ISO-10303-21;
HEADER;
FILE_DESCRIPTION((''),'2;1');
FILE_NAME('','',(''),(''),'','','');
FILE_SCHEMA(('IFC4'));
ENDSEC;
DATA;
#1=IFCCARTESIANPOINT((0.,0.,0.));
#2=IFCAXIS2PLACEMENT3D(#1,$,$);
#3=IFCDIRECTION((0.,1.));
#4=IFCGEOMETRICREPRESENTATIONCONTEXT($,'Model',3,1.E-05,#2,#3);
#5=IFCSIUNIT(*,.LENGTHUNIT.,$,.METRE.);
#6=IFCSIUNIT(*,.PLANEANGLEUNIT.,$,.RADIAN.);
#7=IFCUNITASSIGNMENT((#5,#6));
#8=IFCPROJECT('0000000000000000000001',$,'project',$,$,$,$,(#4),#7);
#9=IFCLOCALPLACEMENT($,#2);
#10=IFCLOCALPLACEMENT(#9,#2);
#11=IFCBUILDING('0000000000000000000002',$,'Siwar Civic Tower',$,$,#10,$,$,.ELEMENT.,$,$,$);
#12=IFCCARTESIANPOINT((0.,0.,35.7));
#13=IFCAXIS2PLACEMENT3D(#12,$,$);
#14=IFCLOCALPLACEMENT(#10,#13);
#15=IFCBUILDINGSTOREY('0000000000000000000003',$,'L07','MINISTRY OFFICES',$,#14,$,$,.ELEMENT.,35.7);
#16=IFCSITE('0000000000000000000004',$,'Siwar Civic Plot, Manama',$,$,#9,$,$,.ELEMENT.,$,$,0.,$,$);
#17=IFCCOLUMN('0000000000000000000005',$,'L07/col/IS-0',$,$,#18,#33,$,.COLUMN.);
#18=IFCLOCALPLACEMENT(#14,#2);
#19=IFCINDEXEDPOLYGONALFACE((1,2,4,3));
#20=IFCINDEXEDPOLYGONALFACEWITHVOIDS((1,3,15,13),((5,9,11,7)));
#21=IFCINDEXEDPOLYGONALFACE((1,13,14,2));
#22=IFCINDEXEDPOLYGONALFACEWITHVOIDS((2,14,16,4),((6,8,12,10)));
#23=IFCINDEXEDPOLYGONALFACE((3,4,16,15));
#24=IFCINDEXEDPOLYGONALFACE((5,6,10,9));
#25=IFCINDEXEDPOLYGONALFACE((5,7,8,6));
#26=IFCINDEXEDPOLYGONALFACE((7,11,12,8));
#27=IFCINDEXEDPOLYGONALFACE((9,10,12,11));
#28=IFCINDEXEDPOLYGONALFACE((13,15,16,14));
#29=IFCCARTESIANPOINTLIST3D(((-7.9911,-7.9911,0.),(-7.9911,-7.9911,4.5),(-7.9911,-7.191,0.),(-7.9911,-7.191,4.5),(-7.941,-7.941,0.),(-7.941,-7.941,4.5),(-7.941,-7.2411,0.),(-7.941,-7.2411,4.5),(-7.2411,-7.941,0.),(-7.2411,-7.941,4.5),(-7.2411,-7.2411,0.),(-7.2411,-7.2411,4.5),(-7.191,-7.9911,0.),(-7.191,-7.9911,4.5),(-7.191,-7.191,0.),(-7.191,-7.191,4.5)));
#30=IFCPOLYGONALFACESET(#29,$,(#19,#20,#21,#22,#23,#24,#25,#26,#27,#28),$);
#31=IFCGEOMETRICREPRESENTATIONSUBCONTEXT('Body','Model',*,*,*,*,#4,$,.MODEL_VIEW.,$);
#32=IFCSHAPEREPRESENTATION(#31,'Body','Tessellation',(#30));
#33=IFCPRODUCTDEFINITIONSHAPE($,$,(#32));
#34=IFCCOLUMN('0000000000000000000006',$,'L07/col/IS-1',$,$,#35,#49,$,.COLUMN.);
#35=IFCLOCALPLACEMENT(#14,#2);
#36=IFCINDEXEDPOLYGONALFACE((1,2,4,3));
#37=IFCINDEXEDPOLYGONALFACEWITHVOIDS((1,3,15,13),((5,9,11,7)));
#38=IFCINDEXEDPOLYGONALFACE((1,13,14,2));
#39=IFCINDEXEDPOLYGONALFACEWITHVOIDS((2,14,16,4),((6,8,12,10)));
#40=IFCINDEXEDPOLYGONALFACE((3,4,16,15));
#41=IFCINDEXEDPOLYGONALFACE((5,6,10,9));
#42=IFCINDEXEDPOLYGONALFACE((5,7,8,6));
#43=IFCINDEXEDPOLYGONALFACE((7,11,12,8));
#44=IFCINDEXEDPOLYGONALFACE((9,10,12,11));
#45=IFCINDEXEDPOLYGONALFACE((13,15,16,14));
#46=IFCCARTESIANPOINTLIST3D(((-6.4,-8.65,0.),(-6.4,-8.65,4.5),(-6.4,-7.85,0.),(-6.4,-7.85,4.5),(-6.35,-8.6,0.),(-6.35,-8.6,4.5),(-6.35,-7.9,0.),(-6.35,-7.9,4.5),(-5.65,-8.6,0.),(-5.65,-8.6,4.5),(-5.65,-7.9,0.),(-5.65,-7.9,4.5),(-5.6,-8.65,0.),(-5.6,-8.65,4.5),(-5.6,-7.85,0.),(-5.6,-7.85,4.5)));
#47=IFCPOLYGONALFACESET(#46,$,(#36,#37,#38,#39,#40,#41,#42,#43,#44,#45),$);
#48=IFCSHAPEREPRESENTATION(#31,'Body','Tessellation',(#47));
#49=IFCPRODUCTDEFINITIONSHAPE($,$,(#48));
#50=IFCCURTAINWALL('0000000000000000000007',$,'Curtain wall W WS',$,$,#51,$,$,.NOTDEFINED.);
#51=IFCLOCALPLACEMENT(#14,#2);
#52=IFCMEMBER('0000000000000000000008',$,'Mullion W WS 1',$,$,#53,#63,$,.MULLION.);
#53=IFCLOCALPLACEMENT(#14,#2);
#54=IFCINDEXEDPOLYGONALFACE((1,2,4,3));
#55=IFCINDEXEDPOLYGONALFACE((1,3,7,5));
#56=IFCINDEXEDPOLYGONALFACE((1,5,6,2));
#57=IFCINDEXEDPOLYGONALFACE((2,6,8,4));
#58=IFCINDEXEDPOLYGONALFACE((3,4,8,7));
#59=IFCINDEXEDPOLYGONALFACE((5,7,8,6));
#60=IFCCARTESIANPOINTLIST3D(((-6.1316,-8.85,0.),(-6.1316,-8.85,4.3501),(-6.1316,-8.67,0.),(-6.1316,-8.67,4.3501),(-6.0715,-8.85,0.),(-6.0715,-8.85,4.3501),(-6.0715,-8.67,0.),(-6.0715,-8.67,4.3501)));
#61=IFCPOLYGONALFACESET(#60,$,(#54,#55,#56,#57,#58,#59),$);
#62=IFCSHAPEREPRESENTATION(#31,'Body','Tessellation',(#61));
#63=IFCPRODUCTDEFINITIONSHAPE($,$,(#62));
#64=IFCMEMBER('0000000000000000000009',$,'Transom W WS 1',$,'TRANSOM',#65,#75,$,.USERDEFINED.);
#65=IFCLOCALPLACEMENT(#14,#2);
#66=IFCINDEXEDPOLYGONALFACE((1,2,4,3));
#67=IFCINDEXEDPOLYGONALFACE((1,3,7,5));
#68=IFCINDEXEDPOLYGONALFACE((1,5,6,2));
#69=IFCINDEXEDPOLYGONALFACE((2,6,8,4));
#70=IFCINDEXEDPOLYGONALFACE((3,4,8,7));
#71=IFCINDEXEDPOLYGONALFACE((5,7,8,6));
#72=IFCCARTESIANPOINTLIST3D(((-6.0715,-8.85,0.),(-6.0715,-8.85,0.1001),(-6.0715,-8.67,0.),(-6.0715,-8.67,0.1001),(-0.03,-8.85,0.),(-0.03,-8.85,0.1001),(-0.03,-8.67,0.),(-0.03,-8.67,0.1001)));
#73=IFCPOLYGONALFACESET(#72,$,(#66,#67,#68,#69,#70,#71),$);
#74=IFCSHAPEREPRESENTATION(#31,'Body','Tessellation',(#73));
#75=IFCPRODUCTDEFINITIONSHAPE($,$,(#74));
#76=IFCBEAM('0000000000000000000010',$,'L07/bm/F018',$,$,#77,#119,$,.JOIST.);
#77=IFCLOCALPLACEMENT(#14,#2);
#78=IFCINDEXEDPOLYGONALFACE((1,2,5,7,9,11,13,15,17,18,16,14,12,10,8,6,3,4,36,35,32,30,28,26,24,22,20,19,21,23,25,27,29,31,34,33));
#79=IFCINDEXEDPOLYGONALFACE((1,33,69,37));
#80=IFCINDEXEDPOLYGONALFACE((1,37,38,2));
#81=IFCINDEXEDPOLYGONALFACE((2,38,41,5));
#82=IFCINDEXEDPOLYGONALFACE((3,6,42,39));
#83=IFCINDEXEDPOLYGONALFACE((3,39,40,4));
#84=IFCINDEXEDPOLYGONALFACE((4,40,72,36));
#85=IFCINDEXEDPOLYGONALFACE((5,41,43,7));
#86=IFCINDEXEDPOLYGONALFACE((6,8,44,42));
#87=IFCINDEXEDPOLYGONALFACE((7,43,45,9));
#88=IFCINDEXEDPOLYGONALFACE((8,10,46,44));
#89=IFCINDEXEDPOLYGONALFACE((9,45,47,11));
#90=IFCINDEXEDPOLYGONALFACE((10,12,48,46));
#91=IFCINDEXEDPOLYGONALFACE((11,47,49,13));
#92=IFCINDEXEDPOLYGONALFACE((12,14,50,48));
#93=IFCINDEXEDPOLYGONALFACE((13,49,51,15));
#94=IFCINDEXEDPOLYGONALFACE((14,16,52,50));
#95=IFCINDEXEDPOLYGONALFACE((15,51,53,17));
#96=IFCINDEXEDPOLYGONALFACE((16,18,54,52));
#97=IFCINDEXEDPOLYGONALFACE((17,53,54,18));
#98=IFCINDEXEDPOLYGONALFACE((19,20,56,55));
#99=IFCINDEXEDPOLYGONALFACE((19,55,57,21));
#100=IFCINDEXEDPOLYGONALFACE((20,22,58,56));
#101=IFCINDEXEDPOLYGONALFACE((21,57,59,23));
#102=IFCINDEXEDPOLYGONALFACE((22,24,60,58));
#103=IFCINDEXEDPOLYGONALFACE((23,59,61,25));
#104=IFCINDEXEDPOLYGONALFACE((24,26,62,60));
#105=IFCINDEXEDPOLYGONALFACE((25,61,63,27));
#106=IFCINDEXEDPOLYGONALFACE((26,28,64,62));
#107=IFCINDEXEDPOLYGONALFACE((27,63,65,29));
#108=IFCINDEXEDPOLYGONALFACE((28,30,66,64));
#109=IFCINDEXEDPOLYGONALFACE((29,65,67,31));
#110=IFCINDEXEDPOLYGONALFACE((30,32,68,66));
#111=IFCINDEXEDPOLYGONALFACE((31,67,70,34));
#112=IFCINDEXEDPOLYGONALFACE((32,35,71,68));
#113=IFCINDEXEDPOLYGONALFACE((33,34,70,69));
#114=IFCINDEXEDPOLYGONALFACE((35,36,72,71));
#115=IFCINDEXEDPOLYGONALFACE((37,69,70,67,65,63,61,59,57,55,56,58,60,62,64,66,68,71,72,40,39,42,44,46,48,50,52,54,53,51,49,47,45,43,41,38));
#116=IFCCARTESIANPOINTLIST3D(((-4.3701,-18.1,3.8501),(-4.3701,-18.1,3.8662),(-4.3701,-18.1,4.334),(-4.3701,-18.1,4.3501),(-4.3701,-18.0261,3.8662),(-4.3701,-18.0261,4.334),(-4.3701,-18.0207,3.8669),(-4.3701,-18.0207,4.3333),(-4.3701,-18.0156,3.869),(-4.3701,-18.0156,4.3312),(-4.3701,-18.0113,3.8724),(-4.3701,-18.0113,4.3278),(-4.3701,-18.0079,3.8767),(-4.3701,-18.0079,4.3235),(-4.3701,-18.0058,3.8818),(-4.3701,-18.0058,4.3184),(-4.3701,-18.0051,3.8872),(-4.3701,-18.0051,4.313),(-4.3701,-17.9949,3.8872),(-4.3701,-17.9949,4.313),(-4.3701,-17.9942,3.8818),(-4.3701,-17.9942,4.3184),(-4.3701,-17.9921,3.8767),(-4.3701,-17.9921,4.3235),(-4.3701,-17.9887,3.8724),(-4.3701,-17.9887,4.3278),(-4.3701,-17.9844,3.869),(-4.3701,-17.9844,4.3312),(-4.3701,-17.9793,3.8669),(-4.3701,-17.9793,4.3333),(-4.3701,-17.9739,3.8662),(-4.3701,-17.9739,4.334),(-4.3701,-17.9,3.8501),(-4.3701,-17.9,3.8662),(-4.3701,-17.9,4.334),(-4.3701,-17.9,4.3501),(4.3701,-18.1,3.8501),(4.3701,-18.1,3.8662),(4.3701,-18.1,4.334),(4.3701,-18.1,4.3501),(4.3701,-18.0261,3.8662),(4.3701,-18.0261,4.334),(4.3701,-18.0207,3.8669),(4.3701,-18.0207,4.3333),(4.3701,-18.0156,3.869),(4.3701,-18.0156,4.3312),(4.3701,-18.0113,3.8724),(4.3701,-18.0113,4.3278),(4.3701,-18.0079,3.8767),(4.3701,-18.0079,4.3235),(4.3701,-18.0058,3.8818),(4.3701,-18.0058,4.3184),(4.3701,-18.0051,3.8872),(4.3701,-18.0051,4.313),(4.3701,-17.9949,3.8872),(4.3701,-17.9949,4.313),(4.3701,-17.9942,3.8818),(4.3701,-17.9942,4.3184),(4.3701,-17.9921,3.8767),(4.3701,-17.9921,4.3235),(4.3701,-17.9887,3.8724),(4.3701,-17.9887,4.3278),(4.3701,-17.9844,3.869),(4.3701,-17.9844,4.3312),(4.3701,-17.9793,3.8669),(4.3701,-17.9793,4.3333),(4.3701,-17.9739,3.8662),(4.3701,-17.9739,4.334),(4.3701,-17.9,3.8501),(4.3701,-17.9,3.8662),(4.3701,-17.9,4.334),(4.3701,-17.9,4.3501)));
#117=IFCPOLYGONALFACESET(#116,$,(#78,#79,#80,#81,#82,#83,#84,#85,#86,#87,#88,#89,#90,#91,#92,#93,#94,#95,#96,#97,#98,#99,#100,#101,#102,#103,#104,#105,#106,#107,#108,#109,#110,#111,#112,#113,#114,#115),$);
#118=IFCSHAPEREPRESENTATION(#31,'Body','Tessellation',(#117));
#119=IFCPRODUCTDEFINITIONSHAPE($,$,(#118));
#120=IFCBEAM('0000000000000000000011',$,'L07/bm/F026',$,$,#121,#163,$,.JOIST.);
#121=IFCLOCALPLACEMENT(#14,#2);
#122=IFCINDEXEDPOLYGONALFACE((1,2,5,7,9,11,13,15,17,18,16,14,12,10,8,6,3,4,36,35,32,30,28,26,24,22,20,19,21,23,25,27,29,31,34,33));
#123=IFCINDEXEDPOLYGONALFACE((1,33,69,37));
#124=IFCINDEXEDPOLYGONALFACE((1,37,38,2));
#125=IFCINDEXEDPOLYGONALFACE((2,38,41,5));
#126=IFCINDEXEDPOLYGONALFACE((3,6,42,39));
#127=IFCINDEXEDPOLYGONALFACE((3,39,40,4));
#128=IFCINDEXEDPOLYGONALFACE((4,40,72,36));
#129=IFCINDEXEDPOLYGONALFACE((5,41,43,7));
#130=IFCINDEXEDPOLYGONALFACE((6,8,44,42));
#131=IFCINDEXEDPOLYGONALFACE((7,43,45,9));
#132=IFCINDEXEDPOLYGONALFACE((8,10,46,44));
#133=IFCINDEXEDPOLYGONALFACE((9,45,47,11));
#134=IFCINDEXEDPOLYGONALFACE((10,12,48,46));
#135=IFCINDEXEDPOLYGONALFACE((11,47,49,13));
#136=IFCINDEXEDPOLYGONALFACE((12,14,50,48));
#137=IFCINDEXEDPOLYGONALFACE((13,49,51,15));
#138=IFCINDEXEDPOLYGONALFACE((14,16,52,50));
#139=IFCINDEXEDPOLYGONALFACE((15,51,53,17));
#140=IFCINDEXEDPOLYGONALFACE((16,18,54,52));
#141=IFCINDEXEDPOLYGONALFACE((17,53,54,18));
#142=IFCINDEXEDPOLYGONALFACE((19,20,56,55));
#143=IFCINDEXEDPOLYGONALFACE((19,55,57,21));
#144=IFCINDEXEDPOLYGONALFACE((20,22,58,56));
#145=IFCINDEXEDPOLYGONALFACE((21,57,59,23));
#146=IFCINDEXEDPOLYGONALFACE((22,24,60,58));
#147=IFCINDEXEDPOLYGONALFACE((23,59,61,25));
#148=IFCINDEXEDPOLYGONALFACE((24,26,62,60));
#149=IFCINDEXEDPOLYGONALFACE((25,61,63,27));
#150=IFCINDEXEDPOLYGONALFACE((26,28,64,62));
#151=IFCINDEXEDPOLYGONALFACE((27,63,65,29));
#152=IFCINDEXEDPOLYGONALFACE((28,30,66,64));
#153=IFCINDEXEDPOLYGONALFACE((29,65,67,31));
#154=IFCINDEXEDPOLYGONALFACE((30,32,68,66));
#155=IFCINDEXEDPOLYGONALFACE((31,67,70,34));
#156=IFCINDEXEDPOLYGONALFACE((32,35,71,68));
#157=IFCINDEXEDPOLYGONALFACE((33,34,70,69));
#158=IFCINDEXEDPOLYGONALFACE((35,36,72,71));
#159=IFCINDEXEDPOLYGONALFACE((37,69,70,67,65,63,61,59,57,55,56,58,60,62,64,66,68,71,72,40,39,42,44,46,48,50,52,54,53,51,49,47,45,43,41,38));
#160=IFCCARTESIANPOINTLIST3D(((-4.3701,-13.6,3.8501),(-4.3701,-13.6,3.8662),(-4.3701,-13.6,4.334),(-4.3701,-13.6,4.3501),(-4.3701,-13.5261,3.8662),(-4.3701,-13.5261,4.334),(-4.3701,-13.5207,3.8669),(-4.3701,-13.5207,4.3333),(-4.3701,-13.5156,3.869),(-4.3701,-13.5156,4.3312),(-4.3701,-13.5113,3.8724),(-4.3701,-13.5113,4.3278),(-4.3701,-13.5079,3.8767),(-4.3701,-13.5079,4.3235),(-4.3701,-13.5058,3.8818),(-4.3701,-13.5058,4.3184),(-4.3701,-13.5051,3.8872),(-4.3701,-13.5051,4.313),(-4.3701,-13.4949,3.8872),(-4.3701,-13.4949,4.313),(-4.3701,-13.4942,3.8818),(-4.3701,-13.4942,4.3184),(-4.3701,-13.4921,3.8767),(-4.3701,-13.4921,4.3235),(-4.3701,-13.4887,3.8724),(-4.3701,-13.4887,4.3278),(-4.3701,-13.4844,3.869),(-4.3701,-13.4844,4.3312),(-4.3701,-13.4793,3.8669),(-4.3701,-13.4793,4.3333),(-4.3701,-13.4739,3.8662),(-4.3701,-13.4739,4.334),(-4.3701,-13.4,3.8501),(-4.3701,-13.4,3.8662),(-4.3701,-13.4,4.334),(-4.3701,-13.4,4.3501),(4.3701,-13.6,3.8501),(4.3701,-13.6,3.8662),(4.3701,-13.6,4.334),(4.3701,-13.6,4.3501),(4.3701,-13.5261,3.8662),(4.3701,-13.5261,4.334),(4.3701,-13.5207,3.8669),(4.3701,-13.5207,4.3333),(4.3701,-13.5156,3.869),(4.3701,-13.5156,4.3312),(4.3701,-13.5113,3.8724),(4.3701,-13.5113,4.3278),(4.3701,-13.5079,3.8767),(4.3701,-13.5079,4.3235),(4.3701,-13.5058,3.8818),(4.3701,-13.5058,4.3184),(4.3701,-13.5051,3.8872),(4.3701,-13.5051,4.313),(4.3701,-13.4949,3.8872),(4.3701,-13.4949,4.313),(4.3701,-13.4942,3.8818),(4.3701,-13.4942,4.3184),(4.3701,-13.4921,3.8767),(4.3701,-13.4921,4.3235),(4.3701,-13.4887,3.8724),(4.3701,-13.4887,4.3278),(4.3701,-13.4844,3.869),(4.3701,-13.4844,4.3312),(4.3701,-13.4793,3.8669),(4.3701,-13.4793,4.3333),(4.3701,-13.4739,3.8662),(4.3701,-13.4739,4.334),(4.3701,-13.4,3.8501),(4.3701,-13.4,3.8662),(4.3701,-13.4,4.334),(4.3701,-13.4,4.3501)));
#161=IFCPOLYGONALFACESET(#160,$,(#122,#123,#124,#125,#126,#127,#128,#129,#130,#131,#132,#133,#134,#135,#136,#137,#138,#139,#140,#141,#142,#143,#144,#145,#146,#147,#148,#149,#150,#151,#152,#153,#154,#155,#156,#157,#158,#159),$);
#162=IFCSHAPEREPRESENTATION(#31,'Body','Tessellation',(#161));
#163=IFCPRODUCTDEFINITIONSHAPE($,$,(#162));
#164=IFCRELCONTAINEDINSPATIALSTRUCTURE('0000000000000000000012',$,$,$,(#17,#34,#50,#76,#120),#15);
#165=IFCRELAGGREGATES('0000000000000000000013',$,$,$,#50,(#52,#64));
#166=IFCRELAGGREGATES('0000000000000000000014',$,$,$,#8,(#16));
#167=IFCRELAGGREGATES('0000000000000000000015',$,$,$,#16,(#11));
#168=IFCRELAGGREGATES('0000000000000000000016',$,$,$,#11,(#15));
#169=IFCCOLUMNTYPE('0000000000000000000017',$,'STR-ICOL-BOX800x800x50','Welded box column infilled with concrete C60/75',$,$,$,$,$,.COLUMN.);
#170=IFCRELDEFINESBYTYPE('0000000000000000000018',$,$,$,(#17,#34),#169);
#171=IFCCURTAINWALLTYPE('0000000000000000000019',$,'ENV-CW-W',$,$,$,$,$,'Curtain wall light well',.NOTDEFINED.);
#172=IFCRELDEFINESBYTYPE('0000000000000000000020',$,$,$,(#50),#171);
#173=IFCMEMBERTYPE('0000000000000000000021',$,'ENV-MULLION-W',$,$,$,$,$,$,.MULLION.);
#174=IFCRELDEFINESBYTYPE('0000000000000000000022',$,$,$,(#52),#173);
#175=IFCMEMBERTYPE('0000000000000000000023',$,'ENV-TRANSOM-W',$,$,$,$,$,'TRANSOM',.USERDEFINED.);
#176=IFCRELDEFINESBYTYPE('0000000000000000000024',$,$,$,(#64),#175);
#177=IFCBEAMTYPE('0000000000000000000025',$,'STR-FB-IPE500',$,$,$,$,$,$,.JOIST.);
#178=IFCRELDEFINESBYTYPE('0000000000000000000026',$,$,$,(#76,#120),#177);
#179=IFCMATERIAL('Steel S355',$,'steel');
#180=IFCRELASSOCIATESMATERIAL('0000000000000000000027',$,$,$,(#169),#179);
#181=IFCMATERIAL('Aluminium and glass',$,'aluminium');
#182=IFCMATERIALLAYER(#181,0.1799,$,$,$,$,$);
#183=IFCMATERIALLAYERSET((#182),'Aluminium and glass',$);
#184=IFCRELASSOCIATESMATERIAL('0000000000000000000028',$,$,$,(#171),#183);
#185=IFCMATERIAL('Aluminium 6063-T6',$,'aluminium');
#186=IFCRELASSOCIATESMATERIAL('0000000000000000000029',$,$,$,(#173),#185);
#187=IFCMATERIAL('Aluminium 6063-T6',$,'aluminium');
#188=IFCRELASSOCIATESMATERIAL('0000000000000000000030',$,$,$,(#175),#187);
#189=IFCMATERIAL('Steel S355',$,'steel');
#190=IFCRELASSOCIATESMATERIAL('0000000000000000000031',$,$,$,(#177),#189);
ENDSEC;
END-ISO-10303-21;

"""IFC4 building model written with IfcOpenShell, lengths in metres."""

from ifc_helpers import new_model, si_unit, direction, frame, origin, origin_2d, place, context, subcontext, project, spatial, rectangle, hollow_rectangle, i_section, extrude, material, layer, layer_set, material_profile, profile_set, type_object, element, aggregate, save


model = new_model("IFC4")

# Units and contexts
model_context = context("Model", 3, precision=1e-05, world=origin(), true_north=direction((0.0, 1.0)))
body_context = subcontext(model_context, "Body", "Model", "MODEL_VIEW")
ifc_project = project(units=[si_unit("LENGTHUNIT", "METRE"), si_unit("PLANEANGLEUNIT", "RADIAN")], contexts=[model_context])

# Site, building, storey
site_placement = place(None, origin())
site = spatial("IfcSite", under=ifc_project, at=site_placement, Name="Siwar Civic Plot, Manama", CompositionType="ELEMENT", RefElevation=0.0)
building_placement = place(site_placement, origin())
building = spatial("IfcBuilding", under=site, at=building_placement, Name="Siwar Civic Tower", CompositionType="ELEMENT")
storey_placement = place(building_placement, frame((0.0, 0.0, 35.7)))
storey = spatial("IfcBuildingStorey", under=building, at=storey_placement, Name="L07", Description="MINISTRY OFFICES", CompositionType="ELEMENT", Elevation=35.7)

# Columns
ifc_material_1 = material(Name="Steel S355", Category="steel")
ifc_material_profile_1 = material_profile(ifc_material_1, hollow_rectangle(XDim=0.8, YDim=0.8, WallThickness=0.05, at=origin_2d()), Name="BOX800x800x50")
ifc_profile_set_1 = profile_set([ifc_material_profile_1], Name="Steel S355")
column_type = type_object("IfcColumnType", Name="STR-ICOL-BOX800x800x50", Description="Welded box column infilled with concrete C60/75", PredefinedType="COLUMN", material=ifc_profile_set_1)
for number, where, z_axis, x_axis, name in (
    (1, (-7.5911, -7.5911, 0.0), (0.0, 0.0, 1.0), (1.0, 0.0, 0.0), "L07/col/IS-0"),
    (2, (-6.0, -8.25, 0.0), (0.0, 0.0, 1.0), (1.0, 0.0, 0.0), "L07/col/IS-1"),
):
    element("IfcColumn", number, at=place(storey_placement, frame(where, z_axis=z_axis, x_axis=x_axis)), inside=storey, type_object=column_type, Name=name, PredefinedType="COLUMN", context=body_context, shape_type="SweptSolid", body=[
        extrude(hollow_rectangle(XDim=0.8, YDim=0.8, WallThickness=0.05, at=origin_2d()), origin(), (0.0, 0.0, 1.0), 4.5),
    ])

# Curtain wall, members
ifc_material_2 = material(Name="Aluminium and glass", Category="aluminium")
ifc_layer_1 = layer(ifc_material_2, 0.1799)
ifc_layer_set_1 = layer_set([ifc_layer_1], Name="Aluminium and glass")
curtain_wall_type = type_object("IfcCurtainWallType", Name="ENV-CW-W", ElementType="Curtain wall light well", PredefinedType="NOTDEFINED", material=ifc_layer_set_1)
curtain_wall_placement = place(storey_placement, origin())
curtain_wall = element("IfcCurtainWall", 3, at=curtain_wall_placement, inside=storey, type_object=curtain_wall_type, Name="Curtain wall W WS", PredefinedType="NOTDEFINED")
ifc_material_3 = material(Name="Aluminium 6063-T6", Category="aluminium")
ifc_material_profile_2 = material_profile(ifc_material_3, rectangle(XDim=0.1799, YDim=0.0601, at=origin_2d()), Name="AL 180x60")
ifc_profile_set_2 = profile_set([ifc_material_profile_2], Name="Aluminium 6063-T6")
member_type_1 = type_object("IfcMemberType", Name="ENV-MULLION-W", PredefinedType="MULLION", material=ifc_profile_set_2)
member_1_placement = place(storey_placement, frame((-6.1016, -8.76, 0.0), z_axis=(0.0, 0.0, 1.0), x_axis=(0.0, 1.0, 0.0)))
member_1 = element("IfcMember", 4, at=member_1_placement, type_object=member_type_1, Name="Mullion W WS 1", PredefinedType="MULLION", context=body_context, shape_type="SweptSolid", body=[
    extrude(rectangle(XDim=0.1799, YDim=0.0601, at=origin_2d()), origin(), (0.0, 0.0, 1.0), 4.3501),
])
ifc_material_4 = material(Name="Aluminium 6063-T6", Category="aluminium")
ifc_material_profile_3 = material_profile(ifc_material_4, rectangle(XDim=0.1799, YDim=0.1001, at=origin_2d()), Name="AL 180x100")
ifc_profile_set_3 = profile_set([ifc_material_profile_3], Name="Aluminium 6063-T6")
member_type_2 = type_object("IfcMemberType", Name="ENV-TRANSOM-W", ElementType="TRANSOM", PredefinedType="USERDEFINED", material=ifc_profile_set_3)
member_2_placement = place(storey_placement, frame((-6.0715, -8.76, 0.05), z_axis=(1.0, 0.0, 0.0), x_axis=(0.0, 1.0, 0.0)))
member_2 = element("IfcMember", 5, at=member_2_placement, type_object=member_type_2, Name="Transom W WS 1", ObjectType="TRANSOM", PredefinedType="USERDEFINED", context=body_context, shape_type="SweptSolid", body=[
    extrude(rectangle(XDim=0.1799, YDim=0.1001, at=origin_2d()), origin(), (0.0, 0.0, 1.0), 6.0415),
])

# Beams
ifc_material_5 = material(Name="Steel S355", Category="steel")
ifc_material_profile_4 = material_profile(ifc_material_5, i_section(OverallWidth=0.2, OverallDepth=0.5, WebThickness=0.0103, FlangeThickness=0.0161, FilletRadius=0.021, at=origin_2d()), Name="IPE500")
ifc_profile_set_4 = profile_set([ifc_material_profile_4], Name="Steel S355")
beam_type_1 = type_object("IfcBeamType", Name="STR-FB-IPE500", PredefinedType="JOIST", material=ifc_profile_set_4)
for number, where, z_axis, x_axis, name in (
    (6, (-4.3701, -18.0, 4.1001), (1.0, 0.0, 0.0), (0.0, 1.0, 0.0), "L07/bm/F018"),
    (7, (-4.3701, -13.5, 4.1001), (1.0, 0.0, 0.0), (0.0, 1.0, 0.0), "L07/bm/F026"),
):
    element("IfcBeam", number, at=place(storey_placement, frame(where, z_axis=z_axis, x_axis=x_axis)), inside=storey, type_object=beam_type_1, Name=name, PredefinedType="JOIST", context=body_context, shape_type="SweptSolid", body=[
        extrude(i_section(OverallWidth=0.2, OverallDepth=0.5, WebThickness=0.0103, FlangeThickness=0.0161, FilletRadius=0.021, at=origin_2d()), origin(), (0.0, 0.0, 1.0), 8.7402),
    ])

aggregate(curtain_wall, [member_1, member_2])

save(model, "model.ifc")
